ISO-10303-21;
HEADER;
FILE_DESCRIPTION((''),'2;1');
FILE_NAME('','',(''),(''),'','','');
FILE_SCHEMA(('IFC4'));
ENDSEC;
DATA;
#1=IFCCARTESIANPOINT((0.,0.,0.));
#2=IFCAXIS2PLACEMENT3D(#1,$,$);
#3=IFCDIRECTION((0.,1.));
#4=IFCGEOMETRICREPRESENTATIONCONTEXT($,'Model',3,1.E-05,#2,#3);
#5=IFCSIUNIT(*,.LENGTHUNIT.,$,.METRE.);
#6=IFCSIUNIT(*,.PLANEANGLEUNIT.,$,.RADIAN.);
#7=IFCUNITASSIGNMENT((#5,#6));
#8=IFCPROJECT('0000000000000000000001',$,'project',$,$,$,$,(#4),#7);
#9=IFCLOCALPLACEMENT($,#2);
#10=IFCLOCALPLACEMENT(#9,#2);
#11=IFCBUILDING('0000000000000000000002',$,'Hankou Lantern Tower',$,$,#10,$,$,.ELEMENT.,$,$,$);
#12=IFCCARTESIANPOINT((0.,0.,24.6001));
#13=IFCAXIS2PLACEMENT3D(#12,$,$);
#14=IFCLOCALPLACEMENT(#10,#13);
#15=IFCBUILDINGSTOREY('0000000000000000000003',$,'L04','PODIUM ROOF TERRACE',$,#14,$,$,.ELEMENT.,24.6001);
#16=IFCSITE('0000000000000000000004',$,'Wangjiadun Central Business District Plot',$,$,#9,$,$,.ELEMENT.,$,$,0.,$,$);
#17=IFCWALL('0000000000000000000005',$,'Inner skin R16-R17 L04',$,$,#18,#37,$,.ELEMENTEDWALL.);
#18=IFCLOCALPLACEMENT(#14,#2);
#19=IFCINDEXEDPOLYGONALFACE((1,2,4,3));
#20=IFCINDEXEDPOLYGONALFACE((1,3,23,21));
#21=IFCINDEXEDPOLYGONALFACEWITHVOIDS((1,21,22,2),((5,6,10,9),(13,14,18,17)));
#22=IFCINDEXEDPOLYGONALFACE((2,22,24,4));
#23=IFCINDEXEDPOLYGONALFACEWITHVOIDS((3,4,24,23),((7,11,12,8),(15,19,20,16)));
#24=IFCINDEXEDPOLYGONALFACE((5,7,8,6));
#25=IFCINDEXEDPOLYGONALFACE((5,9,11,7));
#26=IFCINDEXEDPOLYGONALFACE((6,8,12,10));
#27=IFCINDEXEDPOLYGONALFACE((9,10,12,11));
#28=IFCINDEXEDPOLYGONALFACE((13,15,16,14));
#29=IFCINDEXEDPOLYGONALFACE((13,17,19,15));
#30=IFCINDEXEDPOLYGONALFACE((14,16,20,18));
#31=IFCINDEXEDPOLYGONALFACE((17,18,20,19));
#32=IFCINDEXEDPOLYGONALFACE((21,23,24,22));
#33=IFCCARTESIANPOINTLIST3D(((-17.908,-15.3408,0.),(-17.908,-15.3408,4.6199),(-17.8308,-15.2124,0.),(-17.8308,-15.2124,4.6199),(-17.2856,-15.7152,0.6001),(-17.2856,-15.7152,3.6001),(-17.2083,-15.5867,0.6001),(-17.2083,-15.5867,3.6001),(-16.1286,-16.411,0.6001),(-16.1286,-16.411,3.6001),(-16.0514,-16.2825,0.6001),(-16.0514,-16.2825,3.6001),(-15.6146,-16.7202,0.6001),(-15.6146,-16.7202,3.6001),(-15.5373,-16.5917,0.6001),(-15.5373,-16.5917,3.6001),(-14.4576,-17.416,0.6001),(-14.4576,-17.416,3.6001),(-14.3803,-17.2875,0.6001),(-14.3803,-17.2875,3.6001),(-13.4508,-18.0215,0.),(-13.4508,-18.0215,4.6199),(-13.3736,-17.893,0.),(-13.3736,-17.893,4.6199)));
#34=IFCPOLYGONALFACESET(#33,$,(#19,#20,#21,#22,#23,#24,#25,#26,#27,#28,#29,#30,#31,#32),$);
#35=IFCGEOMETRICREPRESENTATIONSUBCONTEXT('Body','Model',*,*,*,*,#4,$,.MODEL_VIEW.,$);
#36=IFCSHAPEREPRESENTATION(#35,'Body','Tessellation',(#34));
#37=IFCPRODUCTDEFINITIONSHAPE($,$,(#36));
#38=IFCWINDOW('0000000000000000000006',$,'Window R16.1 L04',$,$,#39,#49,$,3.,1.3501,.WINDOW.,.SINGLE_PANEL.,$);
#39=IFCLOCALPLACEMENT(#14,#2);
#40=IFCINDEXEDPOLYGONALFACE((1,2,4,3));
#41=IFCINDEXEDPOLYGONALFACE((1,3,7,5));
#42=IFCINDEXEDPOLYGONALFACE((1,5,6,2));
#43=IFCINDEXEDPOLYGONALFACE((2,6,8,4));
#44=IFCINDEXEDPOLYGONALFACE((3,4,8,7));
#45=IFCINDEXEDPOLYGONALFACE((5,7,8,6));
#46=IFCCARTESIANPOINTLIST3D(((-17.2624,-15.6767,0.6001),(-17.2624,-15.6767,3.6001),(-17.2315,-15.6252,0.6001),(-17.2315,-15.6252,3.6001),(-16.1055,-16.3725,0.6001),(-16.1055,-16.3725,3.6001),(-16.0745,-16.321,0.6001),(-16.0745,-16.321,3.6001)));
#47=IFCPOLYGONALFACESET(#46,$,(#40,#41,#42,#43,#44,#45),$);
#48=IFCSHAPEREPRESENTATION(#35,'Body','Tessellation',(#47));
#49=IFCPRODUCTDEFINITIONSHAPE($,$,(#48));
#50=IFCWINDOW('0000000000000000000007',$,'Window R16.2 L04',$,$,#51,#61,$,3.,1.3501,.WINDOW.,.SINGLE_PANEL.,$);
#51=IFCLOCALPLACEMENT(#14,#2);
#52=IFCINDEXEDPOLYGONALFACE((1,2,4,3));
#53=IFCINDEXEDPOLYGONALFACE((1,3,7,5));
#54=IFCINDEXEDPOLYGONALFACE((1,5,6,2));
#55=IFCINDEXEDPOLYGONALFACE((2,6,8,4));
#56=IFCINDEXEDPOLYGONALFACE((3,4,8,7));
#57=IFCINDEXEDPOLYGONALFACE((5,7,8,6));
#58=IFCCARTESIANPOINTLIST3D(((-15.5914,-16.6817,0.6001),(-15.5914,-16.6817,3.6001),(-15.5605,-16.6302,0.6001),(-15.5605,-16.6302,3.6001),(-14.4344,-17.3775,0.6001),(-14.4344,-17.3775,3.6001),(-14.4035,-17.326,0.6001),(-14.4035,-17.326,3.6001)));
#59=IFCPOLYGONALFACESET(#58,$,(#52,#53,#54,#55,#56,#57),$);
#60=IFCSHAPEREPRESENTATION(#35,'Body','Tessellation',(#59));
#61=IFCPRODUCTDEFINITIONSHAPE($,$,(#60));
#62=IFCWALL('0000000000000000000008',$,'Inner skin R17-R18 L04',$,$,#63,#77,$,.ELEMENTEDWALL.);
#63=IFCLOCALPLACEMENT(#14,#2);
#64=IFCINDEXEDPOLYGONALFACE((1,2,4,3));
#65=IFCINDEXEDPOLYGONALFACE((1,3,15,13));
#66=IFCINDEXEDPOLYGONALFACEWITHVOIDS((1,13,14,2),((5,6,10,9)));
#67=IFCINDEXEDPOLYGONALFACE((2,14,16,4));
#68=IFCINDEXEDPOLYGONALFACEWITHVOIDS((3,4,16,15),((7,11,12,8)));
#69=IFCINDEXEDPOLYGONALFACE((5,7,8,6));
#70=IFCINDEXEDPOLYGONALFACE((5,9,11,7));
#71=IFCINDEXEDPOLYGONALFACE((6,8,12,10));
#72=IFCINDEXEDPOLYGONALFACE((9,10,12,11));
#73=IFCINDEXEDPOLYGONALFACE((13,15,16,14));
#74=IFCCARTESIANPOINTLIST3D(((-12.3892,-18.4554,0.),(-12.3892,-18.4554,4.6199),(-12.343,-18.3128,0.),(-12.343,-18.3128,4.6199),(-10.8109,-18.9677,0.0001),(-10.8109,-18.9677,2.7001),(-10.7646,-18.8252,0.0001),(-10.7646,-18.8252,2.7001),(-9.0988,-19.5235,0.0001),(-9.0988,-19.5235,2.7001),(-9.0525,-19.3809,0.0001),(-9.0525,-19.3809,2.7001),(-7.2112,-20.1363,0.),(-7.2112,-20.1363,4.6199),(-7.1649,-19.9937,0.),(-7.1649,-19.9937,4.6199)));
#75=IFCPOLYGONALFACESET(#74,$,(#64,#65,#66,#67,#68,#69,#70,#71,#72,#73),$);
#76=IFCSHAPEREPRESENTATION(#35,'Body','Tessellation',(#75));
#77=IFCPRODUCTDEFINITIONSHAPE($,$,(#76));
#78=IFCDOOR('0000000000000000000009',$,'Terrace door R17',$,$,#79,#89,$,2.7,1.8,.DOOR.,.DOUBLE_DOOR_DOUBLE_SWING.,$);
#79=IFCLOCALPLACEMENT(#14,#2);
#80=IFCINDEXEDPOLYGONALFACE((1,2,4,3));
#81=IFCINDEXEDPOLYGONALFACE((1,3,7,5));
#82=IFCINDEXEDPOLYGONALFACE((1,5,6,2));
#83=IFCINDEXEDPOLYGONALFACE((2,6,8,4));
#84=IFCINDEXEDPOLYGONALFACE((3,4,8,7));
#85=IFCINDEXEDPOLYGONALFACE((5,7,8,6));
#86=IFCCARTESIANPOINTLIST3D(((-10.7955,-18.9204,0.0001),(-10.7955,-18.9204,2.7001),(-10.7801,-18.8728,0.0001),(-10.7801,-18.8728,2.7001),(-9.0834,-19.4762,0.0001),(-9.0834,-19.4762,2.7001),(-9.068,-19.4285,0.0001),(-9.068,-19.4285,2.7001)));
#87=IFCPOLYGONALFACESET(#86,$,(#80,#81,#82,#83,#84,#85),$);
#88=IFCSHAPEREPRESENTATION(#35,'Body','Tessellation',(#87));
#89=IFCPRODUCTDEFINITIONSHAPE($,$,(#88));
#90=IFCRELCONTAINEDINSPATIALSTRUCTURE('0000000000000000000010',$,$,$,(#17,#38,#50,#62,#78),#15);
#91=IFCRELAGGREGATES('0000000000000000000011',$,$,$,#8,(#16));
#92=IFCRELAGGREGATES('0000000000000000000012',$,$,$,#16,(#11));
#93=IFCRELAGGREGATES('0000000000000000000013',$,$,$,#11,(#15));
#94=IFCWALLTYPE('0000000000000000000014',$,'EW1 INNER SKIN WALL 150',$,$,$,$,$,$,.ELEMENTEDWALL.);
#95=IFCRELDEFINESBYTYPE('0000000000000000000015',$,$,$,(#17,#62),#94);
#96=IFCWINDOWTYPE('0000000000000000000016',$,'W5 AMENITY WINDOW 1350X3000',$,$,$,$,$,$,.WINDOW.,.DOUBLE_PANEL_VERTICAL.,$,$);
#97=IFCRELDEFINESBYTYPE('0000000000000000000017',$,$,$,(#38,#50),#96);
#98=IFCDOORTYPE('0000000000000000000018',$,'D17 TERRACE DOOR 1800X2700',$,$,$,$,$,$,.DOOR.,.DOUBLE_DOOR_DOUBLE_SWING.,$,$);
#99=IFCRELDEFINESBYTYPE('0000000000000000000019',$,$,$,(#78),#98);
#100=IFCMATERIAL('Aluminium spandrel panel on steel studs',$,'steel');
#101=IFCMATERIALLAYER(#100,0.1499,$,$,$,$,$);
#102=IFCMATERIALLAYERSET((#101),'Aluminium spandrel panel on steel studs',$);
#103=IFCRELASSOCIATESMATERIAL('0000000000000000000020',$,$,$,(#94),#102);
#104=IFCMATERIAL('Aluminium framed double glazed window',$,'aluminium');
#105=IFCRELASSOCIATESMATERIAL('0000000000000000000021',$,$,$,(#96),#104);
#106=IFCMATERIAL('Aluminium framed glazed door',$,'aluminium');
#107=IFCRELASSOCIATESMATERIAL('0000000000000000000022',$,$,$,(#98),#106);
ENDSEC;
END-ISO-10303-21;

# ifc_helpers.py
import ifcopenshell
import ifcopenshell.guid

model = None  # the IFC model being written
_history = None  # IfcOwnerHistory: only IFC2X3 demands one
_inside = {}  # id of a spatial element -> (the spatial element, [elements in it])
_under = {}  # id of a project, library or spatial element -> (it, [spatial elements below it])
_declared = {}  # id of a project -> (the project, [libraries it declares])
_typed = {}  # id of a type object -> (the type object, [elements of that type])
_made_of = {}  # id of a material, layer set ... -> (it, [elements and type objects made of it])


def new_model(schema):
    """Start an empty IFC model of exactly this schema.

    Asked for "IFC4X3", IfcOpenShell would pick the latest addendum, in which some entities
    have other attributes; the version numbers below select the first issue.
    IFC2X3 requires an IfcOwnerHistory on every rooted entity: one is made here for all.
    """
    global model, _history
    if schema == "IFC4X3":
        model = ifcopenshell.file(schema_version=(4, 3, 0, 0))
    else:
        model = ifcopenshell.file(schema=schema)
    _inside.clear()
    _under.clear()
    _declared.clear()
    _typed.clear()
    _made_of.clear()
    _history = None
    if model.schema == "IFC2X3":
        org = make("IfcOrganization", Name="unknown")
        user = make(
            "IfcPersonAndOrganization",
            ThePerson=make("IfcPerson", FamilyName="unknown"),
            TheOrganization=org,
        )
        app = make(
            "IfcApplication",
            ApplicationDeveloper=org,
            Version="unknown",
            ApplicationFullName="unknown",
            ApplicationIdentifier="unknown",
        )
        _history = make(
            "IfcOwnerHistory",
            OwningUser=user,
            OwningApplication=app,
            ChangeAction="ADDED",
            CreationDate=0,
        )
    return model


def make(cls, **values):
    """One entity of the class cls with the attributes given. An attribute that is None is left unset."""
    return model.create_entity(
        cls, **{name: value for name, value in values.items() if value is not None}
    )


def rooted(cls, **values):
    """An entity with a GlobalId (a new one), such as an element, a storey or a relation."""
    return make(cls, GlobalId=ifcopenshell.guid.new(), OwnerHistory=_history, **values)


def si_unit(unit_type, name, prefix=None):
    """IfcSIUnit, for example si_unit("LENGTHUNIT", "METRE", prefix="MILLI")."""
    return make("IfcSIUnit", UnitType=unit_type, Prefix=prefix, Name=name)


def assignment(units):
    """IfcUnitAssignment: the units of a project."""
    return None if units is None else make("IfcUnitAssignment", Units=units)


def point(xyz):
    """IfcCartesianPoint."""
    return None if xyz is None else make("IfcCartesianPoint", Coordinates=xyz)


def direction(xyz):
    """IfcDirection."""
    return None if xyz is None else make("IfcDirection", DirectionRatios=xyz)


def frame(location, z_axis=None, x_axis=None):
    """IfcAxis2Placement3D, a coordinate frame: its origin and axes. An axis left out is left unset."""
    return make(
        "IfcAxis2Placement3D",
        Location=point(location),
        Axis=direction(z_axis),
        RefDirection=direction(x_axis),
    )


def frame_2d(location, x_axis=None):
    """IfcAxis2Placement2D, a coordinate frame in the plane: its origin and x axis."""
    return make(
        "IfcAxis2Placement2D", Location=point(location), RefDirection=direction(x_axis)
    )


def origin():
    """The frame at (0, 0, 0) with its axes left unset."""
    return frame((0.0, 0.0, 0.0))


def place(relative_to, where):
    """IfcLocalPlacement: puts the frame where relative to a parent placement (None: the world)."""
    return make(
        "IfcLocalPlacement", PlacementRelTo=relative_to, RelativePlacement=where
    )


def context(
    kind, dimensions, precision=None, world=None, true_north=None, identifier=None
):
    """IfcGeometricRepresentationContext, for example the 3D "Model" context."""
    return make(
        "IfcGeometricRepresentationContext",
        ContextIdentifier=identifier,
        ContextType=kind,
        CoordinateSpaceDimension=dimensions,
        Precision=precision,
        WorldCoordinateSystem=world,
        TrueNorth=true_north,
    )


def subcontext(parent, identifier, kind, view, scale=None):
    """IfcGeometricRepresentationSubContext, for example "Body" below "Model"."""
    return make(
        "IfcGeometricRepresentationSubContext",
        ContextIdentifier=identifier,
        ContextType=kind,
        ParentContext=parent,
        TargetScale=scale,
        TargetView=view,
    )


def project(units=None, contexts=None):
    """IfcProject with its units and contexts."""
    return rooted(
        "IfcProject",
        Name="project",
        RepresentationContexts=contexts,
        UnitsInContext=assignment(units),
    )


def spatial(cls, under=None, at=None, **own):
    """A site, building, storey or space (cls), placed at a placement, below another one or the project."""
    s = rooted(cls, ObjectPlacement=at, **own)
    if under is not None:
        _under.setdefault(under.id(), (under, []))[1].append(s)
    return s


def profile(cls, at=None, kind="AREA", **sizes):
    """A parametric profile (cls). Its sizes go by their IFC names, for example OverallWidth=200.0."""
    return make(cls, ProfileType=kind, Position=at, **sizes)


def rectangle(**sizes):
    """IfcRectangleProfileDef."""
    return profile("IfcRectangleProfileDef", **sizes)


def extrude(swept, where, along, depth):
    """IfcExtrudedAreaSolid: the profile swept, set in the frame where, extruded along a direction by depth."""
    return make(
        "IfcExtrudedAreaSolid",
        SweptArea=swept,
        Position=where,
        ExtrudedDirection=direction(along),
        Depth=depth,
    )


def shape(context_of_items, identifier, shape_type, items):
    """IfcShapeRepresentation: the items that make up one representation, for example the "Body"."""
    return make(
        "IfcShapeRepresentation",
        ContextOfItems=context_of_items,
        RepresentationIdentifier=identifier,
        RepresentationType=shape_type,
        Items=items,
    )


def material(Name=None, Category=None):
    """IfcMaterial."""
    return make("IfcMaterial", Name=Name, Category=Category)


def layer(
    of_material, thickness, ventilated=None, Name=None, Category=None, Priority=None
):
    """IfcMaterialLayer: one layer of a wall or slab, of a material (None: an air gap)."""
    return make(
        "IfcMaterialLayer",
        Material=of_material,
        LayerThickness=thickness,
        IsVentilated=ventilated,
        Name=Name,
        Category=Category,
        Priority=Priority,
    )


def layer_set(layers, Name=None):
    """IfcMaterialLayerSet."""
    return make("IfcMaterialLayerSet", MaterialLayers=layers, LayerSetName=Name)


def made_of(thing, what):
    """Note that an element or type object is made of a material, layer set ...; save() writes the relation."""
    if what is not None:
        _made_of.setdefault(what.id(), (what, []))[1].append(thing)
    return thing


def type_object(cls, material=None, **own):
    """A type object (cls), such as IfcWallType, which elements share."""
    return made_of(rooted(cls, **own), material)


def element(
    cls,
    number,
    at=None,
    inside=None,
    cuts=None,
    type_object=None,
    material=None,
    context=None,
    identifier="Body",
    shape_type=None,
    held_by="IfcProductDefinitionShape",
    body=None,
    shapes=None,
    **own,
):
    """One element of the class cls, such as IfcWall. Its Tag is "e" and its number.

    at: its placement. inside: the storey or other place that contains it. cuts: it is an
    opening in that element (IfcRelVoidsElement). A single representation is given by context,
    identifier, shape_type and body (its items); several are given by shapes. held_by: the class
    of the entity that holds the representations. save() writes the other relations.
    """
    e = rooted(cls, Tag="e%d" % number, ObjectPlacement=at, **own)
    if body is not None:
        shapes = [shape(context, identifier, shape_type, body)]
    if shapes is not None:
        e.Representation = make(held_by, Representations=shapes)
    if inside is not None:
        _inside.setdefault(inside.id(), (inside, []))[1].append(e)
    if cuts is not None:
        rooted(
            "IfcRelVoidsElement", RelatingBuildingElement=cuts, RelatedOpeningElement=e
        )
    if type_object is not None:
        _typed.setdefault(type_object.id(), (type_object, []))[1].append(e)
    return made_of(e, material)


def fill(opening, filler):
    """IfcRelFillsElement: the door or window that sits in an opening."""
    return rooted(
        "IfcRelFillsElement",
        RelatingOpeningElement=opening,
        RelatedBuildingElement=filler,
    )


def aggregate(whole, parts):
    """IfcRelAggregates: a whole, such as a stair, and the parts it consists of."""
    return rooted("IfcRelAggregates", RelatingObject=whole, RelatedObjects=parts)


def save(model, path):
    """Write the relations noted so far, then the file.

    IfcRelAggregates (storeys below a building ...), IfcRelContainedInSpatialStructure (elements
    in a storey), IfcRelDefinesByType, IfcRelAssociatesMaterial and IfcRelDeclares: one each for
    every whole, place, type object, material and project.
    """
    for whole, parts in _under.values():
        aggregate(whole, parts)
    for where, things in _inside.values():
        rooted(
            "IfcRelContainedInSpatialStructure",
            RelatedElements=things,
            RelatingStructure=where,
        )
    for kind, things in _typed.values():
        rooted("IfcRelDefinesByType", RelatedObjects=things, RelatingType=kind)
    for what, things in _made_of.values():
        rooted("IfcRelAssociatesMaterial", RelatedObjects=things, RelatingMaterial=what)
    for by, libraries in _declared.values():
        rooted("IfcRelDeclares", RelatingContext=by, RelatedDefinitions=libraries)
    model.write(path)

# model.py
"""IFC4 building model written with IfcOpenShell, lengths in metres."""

from ifc_helpers import new_model, si_unit, direction, frame, frame_2d, origin, place, context, subcontext, project, spatial, rectangle, extrude, material, layer, layer_set, type_object, element, fill, save


model = new_model("IFC4")

# Units and contexts
model_context = context("Model", 3, precision=1e-05, world=origin(), true_north=direction((0.0, 1.0)))
body_context = subcontext(model_context, "Body", "Model", "MODEL_VIEW")
ifc_project = project(units=[si_unit("LENGTHUNIT", "METRE"), si_unit("PLANEANGLEUNIT", "RADIAN")], contexts=[model_context])

# Site, building, storey
site_placement = place(None, origin())
site = spatial("IfcSite", under=ifc_project, at=site_placement, Name="Wangjiadun Central Business District Plot", CompositionType="ELEMENT", RefElevation=0.0)
building_placement = place(site_placement, origin())
building = spatial("IfcBuilding", under=site, at=building_placement, Name="Hankou Lantern Tower", CompositionType="ELEMENT")
storey_placement = place(building_placement, frame((0.0, 0.0, 24.6001)))
storey = spatial("IfcBuildingStorey", under=building, at=storey_placement, Name="L04", Description="PODIUM ROOF TERRACE", CompositionType="ELEMENT", Elevation=24.6001)

# Wall, openings, windows
ifc_material_1 = material(Name="Aluminium spandrel panel on steel studs", Category="steel")
ifc_layer = layer(ifc_material_1, 0.1499)
ifc_layer_set = layer_set([ifc_layer], Name="Aluminium spandrel panel on steel studs")
wall_type = type_object("IfcWallType", Name="EW1 INNER SKIN WALL 150", PredefinedType="ELEMENTEDWALL", material=ifc_layer_set)
wall_1_placement = place(storey_placement, frame((-17.8694, -15.2766, 0.0), z_axis=(0.0, 0.0, 1.0), x_axis=(0.856958, -0.515386, 0.0)))
wall_1 = element("IfcWall", 1, at=wall_1_placement, inside=storey, type_object=wall_type, Name="Inner skin R16-R17 L04", PredefinedType="ELEMENTEDWALL", context=body_context, shape_type="SweptSolid", body=[
    extrude(rectangle(XDim=5.2012, YDim=0.1499, at=frame_2d((2.6006, 0.0))), origin(), (0.0, 0.0, 1.0), 4.6199),
])
opening_1_placement = place(wall_1_placement, frame((0.7263, 0.0, 0.6001)))
opening_1 = element("IfcOpeningElement", 2, at=opening_1_placement, cuts=wall_1, PredefinedType="OPENING", context=body_context, shape_type="SweptSolid", body=[
    extrude(rectangle(XDim=1.3501, YDim=3.0, at=frame_2d((0.675, 1.5))), frame((0.0, 0.085, 0.0), z_axis=(0.0, -1.0, 0.0), x_axis=(1.0, 0.0, 0.0)), (0.0, 0.0, 1.0), 0.1699),
])
opening_2_placement = place(wall_1_placement, frame((2.6763, 0.0, 0.6001)))
opening_2 = element("IfcOpeningElement", 3, at=opening_2_placement, cuts=wall_1, PredefinedType="OPENING", context=body_context, shape_type="SweptSolid", body=[
    extrude(rectangle(XDim=1.3501, YDim=3.0, at=frame_2d((0.675, 1.5))), frame((0.0, 0.085, 0.0), z_axis=(0.0, -1.0, 0.0), x_axis=(1.0, 0.0, 0.0)), (0.0, 0.0, 1.0), 0.1699),
])
ifc_material_2 = material(Name="Aluminium framed double glazed window", Category="aluminium")
window_type = type_object("IfcWindowType", Name="W5 AMENITY WINDOW 1350X3000", PartitioningType="DOUBLE_PANEL_VERTICAL", PredefinedType="WINDOW", material=ifc_material_2)
window_1_placement = place(opening_1_placement, origin())
window_1 = element("IfcWindow", 4, at=window_1_placement, inside=storey, type_object=window_type, Name="Window R16.1 L04", OverallHeight=3.0, OverallWidth=1.3501, PartitioningType="SINGLE_PANEL", PredefinedType="WINDOW", context=body_context, shape_type="SweptSolid", body=[
    extrude(rectangle(XDim=1.3501, YDim=3.0, at=frame_2d((0.675, 1.5))), frame((0.0, 0.03, 0.0), z_axis=(0.0, -1.0, 0.0), x_axis=(1.0, 0.0, 0.0)), (0.0, 0.0, 1.0), 0.0601),
])
fill(opening_1, window_1)
window_2_placement = place(opening_2_placement, origin())
window_2 = element("IfcWindow", 5, at=window_2_placement, inside=storey, type_object=window_type, Name="Window R16.2 L04", OverallHeight=3.0, OverallWidth=1.3501, PartitioningType="SINGLE_PANEL", PredefinedType="WINDOW", context=body_context, shape_type="SweptSolid", body=[
    extrude(rectangle(XDim=1.3501, YDim=3.0, at=frame_2d((0.675, 1.5))), frame((0.0, 0.03, 0.0), z_axis=(0.0, -1.0, 0.0), x_axis=(1.0, 0.0, 0.0)), (0.0, 0.0, 1.0), 0.0601),
])
fill(opening_2, window_2)

# Wall, opening, door
wall_2_placement = place(storey_placement, frame((-12.3662, -18.384, 0.0), z_axis=(0.0, 0.0, 1.0), x_axis=(0.951138, -0.308765, 0.0)))
wall_2 = element("IfcWall", 6, at=wall_2_placement, inside=storey, type_object=wall_type, Name="Inner skin R17-R18 L04", PredefinedType="ELEMENTEDWALL", context=body_context, shape_type="SweptSolid", body=[
    extrude(rectangle(XDim=5.4441, YDim=0.1499, at=frame_2d((2.7222, 0.0))), origin(), (0.0, 0.0, 1.0), 4.6199),
])
opening_3_placement = place(wall_2_placement, frame((1.6597, 0.0, 0.0)))
opening_3 = element("IfcOpeningElement", 7, at=opening_3_placement, cuts=wall_2, PredefinedType="OPENING", context=body_context, shape_type="SweptSolid", body=[
    extrude(rectangle(XDim=1.8, YDim=2.7, at=frame_2d((0.8999, 1.3501))), frame((0.0, 0.085, 0.0), z_axis=(0.0, -1.0, 0.0), x_axis=(1.0, 0.0, 0.0)), (0.0, 0.0, 1.0), 0.1699),
])
ifc_material_3 = material(Name="Aluminium framed glazed door", Category="aluminium")
door_type = type_object("IfcDoorType", Name="D17 TERRACE DOOR 1800X2700", OperationType="DOUBLE_DOOR_DOUBLE_SWING", PredefinedType="DOOR", material=ifc_material_3)
door_placement = place(opening_3_placement, origin())
door = element("IfcDoor", 8, at=door_placement, inside=storey, type_object=door_type, Name="Terrace door R17", OperationType="DOUBLE_DOOR_DOUBLE_SWING", OverallHeight=2.7, OverallWidth=1.8, PredefinedType="DOOR", context=body_context, shape_type="SweptSolid", body=[
    extrude(rectangle(XDim=1.8, YDim=2.7, at=frame_2d((0.8999, 1.3501))), frame((0.0, 0.0249, 0.0), z_axis=(0.0, -1.0, 0.0), x_axis=(1.0, 0.0, 0.0)), (0.0, 0.0, 1.0), 0.05),
])
fill(opening_3, door)

save(model, "model.ifc")
